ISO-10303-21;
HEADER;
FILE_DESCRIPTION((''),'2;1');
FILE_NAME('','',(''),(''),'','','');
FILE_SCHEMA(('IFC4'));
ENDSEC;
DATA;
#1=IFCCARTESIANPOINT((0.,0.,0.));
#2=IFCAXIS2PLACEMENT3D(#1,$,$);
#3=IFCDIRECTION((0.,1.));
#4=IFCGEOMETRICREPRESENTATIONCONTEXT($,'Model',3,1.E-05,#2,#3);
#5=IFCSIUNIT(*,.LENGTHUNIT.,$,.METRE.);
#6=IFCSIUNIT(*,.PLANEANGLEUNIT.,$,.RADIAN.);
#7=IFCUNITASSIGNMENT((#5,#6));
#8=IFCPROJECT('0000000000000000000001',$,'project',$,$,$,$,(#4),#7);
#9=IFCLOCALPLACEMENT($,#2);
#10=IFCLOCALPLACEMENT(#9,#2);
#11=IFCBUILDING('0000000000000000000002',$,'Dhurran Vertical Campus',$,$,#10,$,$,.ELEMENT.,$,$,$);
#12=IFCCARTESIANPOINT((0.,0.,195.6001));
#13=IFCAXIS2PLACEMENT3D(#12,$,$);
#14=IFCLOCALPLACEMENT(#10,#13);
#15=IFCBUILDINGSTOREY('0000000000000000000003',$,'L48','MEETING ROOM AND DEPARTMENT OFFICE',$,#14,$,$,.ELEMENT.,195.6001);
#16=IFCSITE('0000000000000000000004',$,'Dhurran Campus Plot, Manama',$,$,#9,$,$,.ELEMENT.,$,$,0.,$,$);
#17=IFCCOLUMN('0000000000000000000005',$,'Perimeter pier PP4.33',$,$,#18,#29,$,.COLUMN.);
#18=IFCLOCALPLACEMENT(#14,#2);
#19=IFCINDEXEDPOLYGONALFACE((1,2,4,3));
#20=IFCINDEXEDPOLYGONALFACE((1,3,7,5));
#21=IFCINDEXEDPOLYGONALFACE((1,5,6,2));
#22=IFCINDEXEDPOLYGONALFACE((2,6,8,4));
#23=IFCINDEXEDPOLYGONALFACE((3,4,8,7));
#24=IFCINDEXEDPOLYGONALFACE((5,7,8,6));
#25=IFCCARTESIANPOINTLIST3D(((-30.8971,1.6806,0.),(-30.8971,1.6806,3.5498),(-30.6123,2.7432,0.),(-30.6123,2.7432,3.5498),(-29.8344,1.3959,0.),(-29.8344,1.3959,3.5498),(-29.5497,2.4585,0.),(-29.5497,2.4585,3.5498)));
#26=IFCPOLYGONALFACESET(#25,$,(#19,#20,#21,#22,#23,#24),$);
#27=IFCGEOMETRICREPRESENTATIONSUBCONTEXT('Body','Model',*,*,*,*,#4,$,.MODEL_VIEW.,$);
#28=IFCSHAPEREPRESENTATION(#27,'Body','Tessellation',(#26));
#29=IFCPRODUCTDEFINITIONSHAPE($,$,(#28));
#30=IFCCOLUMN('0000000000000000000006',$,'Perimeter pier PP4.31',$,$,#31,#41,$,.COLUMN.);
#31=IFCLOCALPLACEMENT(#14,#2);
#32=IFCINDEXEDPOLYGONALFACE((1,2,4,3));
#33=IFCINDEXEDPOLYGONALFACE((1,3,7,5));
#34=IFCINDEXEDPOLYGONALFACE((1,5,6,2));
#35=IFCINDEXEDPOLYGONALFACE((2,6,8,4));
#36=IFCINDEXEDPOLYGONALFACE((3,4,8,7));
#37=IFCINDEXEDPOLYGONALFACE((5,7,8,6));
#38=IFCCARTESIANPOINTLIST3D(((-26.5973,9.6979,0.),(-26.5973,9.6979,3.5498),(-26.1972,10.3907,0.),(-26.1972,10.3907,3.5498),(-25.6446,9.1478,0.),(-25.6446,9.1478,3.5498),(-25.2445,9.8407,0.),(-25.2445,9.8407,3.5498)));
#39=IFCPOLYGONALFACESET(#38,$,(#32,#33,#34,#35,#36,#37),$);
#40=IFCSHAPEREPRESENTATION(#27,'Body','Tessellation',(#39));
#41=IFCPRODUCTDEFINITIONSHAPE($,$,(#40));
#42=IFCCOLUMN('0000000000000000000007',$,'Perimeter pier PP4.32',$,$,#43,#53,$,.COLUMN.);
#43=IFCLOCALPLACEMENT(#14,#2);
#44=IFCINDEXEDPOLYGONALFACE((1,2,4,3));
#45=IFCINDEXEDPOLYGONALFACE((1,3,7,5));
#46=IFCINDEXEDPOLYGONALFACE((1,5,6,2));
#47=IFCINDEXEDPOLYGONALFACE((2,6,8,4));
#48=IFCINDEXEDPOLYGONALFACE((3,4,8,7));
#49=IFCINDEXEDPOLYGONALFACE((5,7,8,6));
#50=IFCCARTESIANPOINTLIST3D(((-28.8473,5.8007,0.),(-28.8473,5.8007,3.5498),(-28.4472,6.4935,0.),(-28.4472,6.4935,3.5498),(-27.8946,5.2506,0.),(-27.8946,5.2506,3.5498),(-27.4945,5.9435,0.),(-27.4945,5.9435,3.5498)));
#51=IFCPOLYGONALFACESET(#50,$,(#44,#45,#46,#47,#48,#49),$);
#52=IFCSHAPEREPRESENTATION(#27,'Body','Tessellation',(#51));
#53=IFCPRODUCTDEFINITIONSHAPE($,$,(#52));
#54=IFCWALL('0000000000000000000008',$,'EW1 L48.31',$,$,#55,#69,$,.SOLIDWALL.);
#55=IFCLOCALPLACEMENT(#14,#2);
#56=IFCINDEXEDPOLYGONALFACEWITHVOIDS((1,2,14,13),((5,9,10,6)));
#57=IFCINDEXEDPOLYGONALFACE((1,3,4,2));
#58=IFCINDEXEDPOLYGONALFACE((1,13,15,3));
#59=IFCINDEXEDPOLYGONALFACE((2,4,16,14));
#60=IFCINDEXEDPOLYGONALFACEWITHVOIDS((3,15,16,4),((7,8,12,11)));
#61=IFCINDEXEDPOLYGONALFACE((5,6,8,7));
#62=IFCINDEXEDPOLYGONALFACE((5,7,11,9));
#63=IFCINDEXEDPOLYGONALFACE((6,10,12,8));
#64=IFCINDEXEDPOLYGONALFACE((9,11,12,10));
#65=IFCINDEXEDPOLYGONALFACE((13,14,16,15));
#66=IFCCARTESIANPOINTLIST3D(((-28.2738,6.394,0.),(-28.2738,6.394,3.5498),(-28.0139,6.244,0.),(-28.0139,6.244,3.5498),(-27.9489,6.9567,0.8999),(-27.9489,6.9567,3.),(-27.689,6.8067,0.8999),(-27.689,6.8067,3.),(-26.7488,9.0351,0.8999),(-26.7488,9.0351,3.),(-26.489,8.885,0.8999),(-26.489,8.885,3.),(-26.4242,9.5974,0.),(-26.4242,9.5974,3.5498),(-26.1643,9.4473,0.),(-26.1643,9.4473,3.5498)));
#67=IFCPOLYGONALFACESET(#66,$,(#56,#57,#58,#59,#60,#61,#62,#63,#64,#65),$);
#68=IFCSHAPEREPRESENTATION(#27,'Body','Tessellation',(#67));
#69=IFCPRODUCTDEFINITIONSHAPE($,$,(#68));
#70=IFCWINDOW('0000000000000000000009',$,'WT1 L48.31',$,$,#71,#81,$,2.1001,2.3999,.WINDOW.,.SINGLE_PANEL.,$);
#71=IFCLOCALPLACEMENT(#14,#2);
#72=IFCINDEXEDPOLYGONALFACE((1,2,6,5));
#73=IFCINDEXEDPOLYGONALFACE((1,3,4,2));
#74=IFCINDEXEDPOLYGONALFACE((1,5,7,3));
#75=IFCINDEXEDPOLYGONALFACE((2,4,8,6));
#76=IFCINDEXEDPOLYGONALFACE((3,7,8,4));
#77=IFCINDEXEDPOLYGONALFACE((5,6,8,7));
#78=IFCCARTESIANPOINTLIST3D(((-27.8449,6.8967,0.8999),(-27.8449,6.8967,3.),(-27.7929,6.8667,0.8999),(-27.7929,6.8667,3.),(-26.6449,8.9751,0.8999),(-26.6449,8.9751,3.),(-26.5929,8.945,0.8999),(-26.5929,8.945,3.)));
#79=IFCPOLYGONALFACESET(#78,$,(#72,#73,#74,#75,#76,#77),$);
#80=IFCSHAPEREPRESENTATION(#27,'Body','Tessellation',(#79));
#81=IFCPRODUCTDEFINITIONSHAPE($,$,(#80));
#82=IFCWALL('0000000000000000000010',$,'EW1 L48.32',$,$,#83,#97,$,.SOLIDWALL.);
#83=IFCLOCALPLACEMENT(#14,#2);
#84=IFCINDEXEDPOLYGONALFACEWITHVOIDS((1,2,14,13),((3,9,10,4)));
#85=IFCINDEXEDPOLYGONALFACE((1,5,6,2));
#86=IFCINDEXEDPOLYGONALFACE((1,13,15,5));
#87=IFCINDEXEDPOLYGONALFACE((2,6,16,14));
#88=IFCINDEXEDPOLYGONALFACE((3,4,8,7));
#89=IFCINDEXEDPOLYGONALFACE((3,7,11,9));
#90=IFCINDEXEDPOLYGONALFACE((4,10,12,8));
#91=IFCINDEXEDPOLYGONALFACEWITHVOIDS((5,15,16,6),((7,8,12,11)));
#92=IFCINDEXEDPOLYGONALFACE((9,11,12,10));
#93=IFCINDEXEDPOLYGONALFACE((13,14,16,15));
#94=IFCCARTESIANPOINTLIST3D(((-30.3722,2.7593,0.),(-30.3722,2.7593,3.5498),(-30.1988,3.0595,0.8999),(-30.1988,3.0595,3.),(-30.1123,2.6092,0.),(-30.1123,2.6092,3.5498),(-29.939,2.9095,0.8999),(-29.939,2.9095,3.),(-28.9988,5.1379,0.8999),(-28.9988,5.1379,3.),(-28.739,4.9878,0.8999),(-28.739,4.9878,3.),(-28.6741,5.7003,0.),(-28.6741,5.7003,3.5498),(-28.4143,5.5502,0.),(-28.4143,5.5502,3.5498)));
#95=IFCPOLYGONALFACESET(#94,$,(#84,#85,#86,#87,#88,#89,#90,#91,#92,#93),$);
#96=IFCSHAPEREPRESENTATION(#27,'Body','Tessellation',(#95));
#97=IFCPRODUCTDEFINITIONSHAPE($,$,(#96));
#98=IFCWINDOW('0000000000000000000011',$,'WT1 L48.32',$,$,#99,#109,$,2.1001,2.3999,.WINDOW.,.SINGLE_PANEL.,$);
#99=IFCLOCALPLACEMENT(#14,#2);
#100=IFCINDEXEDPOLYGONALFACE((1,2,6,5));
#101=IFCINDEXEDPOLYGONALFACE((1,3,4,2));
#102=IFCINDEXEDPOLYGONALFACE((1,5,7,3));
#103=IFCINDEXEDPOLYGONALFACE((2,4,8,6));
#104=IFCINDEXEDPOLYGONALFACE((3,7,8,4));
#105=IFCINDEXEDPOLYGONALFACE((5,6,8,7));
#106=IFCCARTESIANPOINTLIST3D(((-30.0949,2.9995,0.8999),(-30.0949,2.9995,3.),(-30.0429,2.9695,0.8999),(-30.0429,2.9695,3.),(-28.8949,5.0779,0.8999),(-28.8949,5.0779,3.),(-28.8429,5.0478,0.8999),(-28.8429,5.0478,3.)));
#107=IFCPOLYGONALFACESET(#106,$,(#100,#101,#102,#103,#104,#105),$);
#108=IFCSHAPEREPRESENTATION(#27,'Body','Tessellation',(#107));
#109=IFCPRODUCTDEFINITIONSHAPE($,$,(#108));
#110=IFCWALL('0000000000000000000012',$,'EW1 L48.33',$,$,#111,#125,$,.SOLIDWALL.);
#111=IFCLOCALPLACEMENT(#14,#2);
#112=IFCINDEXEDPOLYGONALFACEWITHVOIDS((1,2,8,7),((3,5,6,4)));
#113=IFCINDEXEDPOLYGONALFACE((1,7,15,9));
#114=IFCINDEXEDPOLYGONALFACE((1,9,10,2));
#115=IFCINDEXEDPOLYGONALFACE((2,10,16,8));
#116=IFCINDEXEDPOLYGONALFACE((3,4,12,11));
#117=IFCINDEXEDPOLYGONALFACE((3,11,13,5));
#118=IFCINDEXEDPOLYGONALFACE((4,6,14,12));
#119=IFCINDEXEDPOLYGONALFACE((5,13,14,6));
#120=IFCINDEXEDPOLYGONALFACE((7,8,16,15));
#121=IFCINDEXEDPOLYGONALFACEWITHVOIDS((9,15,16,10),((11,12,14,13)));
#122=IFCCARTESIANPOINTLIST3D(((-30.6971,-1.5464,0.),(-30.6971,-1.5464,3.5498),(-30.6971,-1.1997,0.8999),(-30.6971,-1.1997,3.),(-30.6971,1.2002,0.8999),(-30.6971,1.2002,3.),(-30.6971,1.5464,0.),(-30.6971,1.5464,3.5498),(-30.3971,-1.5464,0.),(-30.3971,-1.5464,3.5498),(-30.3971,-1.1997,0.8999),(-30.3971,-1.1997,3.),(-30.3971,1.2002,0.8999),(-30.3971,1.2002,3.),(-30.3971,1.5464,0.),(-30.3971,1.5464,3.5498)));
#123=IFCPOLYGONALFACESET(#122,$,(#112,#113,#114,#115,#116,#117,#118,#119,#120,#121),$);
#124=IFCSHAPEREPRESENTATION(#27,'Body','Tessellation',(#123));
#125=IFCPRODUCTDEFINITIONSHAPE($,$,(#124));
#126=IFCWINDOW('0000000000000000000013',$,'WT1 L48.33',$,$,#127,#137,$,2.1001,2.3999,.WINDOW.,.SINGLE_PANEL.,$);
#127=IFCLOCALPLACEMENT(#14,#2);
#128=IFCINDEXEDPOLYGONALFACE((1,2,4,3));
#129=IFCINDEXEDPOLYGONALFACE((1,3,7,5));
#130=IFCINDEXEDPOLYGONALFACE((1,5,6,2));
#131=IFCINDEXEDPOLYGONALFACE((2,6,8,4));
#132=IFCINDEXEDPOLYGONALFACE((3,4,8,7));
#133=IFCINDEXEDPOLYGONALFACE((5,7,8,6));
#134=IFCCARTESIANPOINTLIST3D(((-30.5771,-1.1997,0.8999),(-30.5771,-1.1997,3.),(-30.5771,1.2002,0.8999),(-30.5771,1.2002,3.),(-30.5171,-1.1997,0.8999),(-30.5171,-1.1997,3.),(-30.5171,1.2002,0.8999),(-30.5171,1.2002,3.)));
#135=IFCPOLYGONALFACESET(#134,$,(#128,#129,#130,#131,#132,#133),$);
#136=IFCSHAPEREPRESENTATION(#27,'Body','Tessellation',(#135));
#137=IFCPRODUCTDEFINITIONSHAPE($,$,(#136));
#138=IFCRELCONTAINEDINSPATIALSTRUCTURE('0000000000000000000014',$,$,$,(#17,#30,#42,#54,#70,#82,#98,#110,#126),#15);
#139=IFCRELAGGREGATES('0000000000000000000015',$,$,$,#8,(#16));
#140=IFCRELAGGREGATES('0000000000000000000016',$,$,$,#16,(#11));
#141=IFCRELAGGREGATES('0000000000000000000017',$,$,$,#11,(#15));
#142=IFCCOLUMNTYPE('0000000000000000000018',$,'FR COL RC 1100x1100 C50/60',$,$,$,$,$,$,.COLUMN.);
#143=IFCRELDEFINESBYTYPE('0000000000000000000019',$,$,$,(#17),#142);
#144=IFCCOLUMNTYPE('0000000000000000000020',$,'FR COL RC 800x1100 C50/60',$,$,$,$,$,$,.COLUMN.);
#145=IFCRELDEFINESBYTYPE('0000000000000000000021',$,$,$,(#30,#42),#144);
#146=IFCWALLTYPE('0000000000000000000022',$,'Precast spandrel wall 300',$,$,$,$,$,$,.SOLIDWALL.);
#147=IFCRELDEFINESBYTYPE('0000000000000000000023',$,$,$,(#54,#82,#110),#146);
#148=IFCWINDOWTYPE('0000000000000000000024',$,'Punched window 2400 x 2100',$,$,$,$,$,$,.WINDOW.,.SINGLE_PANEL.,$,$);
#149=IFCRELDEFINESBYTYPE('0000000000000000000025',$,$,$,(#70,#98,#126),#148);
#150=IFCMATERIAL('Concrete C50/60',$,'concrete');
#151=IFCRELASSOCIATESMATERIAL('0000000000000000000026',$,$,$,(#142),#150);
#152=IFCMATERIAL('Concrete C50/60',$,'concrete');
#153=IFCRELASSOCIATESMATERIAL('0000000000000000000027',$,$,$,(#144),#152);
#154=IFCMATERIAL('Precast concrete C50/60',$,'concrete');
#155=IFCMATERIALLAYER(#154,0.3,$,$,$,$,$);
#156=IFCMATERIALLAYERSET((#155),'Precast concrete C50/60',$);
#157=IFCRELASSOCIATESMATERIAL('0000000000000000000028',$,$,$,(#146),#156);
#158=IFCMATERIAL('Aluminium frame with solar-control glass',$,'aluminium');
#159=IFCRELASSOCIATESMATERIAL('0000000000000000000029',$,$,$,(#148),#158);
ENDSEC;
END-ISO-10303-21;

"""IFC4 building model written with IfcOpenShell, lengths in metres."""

from ifc_helpers import new_model, si_unit, direction, frame, frame_2d, origin, origin_2d, place, context, subcontext, project, spatial, rectangle, extrude, material, layer, layer_set, material_profile, profile_set, type_object, element, fill, save


model = new_model("IFC4")

# Units and contexts
model_context = context("Model", 3, precision=1e-05, world=origin(), true_north=direction((0.0, 1.0)))
body_context = subcontext(model_context, "Body", "Model", "MODEL_VIEW")
ifc_project = project(units=[si_unit("LENGTHUNIT", "METRE"), si_unit("PLANEANGLEUNIT", "RADIAN")], contexts=[model_context])

# Site, building, storey
site_placement = place(None, origin())
site = spatial("IfcSite", under=ifc_project, at=site_placement, Name="Dhurran Campus Plot, Manama", CompositionType="ELEMENT", RefElevation=0.0)
building_placement = place(site_placement, origin())
building = spatial("IfcBuilding", under=site, at=building_placement, Name="Dhurran Vertical Campus", CompositionType="ELEMENT")
storey_placement = place(building_placement, frame((0.0, 0.0, 195.6001)))
storey = spatial("IfcBuildingStorey", under=building, at=storey_placement, Name="L48", Description="MEETING ROOM AND DEPARTMENT OFFICE", CompositionType="ELEMENT", Elevation=195.6001)

# Columns
ifc_material_1 = material(Name="Concrete C50/60", Category="concrete")
ifc_material_profile_1 = material_profile(ifc_material_1, rectangle(XDim=1.1001, YDim=1.1001, at=origin_2d()), Name="RC 1100x1100")
ifc_profile_set_1 = profile_set([ifc_material_profile_1], Name="Concrete C50/60")
column_type_1 = type_object("IfcColumnType", Name="FR COL RC 1100x1100 C50/60", PredefinedType="COLUMN", material=ifc_profile_set_1)
column_placement = place(storey_placement, frame((-30.2234, 2.0696, 0.0), z_axis=(0.0, 0.0, 1.0), x_axis=(-0.258819, -0.965926, 0.0)))
element("IfcColumn", 1, at=column_placement, inside=storey, type_object=column_type_1, Name="Perimeter pier PP4.33", PredefinedType="COLUMN", context=body_context, shape_type="SweptSolid", body=[
    extrude(rectangle(XDim=1.1001, YDim=1.1001, at=origin_2d()), origin(), (0.0, 0.0, 1.0), 3.5498),
])
ifc_material_2 = material(Name="Concrete C50/60", Category="concrete")
ifc_material_profile_2 = material_profile(ifc_material_2, rectangle(XDim=0.8, YDim=1.1001, at=origin_2d()), Name="RC 800x1100")
ifc_profile_set_2 = profile_set([ifc_material_profile_2], Name="Concrete C50/60")
column_type_2 = type_object("IfcColumnType", Name="FR COL RC 800x1100 C50/60", PredefinedType="COLUMN", material=ifc_profile_set_2)
for number, where, z_axis, x_axis, name in (
    (2, (-25.9209, 9.7693, 0.0), (0.0, 0.0, 1.0), (-0.5, -0.866025, 0.0), "Perimeter pier PP4.31"),
    (3, (-28.1709, 5.8721, 0.0), (0.0, 0.0, 1.0), (-0.5, -0.866025, 0.0), "Perimeter pier PP4.32"),
):
    element("IfcColumn", number, at=place(storey_placement, frame(where, z_axis=z_axis, x_axis=x_axis)), inside=storey, type_object=column_type_2, Name=name, PredefinedType="COLUMN", context=body_context, shape_type="SweptSolid", body=[
        extrude(rectangle(XDim=0.8, YDim=1.1001, at=origin_2d()), origin(), (0.0, 0.0, 1.0), 3.5498),
    ])

# Walls, openings, windows
ifc_material_3 = material(Name="Precast concrete C50/60", Category="concrete")
ifc_layer_1 = layer(ifc_material_3, 0.3)
ifc_layer_set_1 = layer_set([ifc_layer_1], Name="Precast concrete C50/60")
wall_type_1 = type_object("IfcWallType", Name="Precast spandrel wall 300", PredefinedType="SOLIDWALL", material=ifc_layer_set_1)
wall_1_placement = place(storey_placement, frame((-26.2942, 9.5225, 0.0), z_axis=(0.0, 0.0, 1.0), x_axis=(-0.500029, -0.866009, 0.0)))
wall_1 = element("IfcWall", 4, at=wall_1_placement, inside=storey, type_object=wall_type_1, Name="EW1 L48.31", PredefinedType="SOLIDWALL", context=body_context, shape_type="SweptSolid", body=[
    extrude(rectangle(XDim=3.699, YDim=0.3, at=frame_2d((1.8496, 0.0))), origin(), (0.0, 0.0, 1.0), 3.5498),
])
opening_1_placement = place(wall_1_placement, frame((0.6494, 0.0, 0.8999)))
opening_1 = element("IfcOpeningElement", 5, at=opening_1_placement, cuts=wall_1, PredefinedType="OPENING", context=body_context, shape_type="SweptSolid", body=[
    extrude(rectangle(XDim=2.3999, YDim=2.1001, at=frame_2d((1.2, 1.05))), frame((0.0, 0.1599, 0.0), z_axis=(0.0, -1.0, 0.0), x_axis=(1.0, 0.0, 0.0)), (0.0, 0.0, 1.0), 0.3201),
])
ifc_material_4 = material(Name="Aluminium frame with solar-control glass", Category="aluminium")
window_type = type_object("IfcWindowType", Name="Punched window 2400 x 2100", PartitioningType="SINGLE_PANEL", PredefinedType="WINDOW", material=ifc_material_4)
window_1_placement = place(opening_1_placement, origin())
window_1 = element("IfcWindow", 6, at=window_1_placement, inside=storey, type_object=window_type, Name="WT1 L48.31", OverallHeight=2.1001, OverallWidth=2.3999, PartitioningType="SINGLE_PANEL", PredefinedType="WINDOW", context=body_context, shape_type="SweptSolid", body=[
    extrude(rectangle(XDim=2.3999, YDim=2.1001, at=frame_2d((1.2, 1.05))), frame((0.0, 0.03, 0.0), z_axis=(0.0, -1.0, 0.0), x_axis=(1.0, 0.0, 0.0)), (0.0, 0.0, 1.0), 0.0601),
])
fill(opening_1, window_1)
wall_2_placement = place(storey_placement, frame((-28.5442, 5.6252, 0.0), z_axis=(0.0, 0.0, 1.0), x_axis=(-0.500013, -0.866018, 0.0)))
wall_2 = element("IfcWall", 7, at=wall_2_placement, inside=storey, type_object=wall_type_1, Name="EW1 L48.32", PredefinedType="SOLIDWALL", context=body_context, shape_type="SweptSolid", body=[
    extrude(rectangle(XDim=3.396, YDim=0.3, at=frame_2d((1.698, 0.0))), origin(), (0.0, 0.0, 1.0), 3.5498),
])
opening_2_placement = place(wall_2_placement, frame((0.6494, 0.0, 0.8999)))
opening_2 = element("IfcOpeningElement", 8, at=opening_2_placement, cuts=wall_2, PredefinedType="OPENING", context=body_context, shape_type="SweptSolid", body=[
    extrude(rectangle(XDim=2.3999, YDim=2.1001, at=frame_2d((1.2, 1.05))), frame((0.0, 0.1599, 0.0), z_axis=(0.0, -1.0, 0.0), x_axis=(1.0, 0.0, 0.0)), (0.0, 0.0, 1.0), 0.3201),
])
window_2_placement = place(opening_2_placement, origin())
window_2 = element("IfcWindow", 9, at=window_2_placement, inside=storey, type_object=window_type, Name="WT1 L48.32", OverallHeight=2.1001, OverallWidth=2.3999, PartitioningType="SINGLE_PANEL", PredefinedType="WINDOW", context=body_context, shape_type="SweptSolid", body=[
    extrude(rectangle(XDim=2.3999, YDim=2.1001, at=frame_2d((1.2, 1.05))), frame((0.0, 0.03, 0.0), z_axis=(0.0, -1.0, 0.0), x_axis=(1.0, 0.0, 0.0)), (0.0, 0.0, 1.0), 0.0601),
])
fill(opening_2, window_2)
wall_3_placement = place(storey_placement, frame((-30.5471, 1.5464, 0.0), z_axis=(0.0, 0.0, 1.0), x_axis=(0.0, -1.0, 0.0)))
wall_3 = element("IfcWall", 10, at=wall_3_placement, inside=storey, type_object=wall_type_1, Name="EW1 L48.33", PredefinedType="SOLIDWALL", context=body_context, shape_type="SweptSolid", body=[
    extrude(rectangle(XDim=3.0928, YDim=0.3, at=frame_2d((1.5464, 0.0))), origin(), (0.0, 0.0, 1.0), 3.5498),
])
opening_3_placement = place(wall_3_placement, frame((0.3462, 0.0, 0.8999)))
opening_3 = element("IfcOpeningElement", 11, at=opening_3_placement, cuts=wall_3, PredefinedType="OPENING", context=body_context, shape_type="SweptSolid", body=[
    extrude(rectangle(XDim=2.3999, YDim=2.1001, at=frame_2d((1.2, 1.05))), frame((0.0, 0.1599, 0.0), z_axis=(0.0, -1.0, 0.0), x_axis=(1.0, 0.0, 0.0)), (0.0, 0.0, 1.0), 0.3201),
])
window_3_placement = place(opening_3_placement, origin())
window_3 = element("IfcWindow", 12, at=window_3_placement, inside=storey, type_object=window_type, Name="WT1 L48.33", OverallHeight=2.1001, OverallWidth=2.3999, PartitioningType="SINGLE_PANEL", PredefinedType="WINDOW", context=body_context, shape_type="SweptSolid", body=[
    extrude(rectangle(XDim=2.3999, YDim=2.1001, at=frame_2d((1.2, 1.05))), frame((0.0, 0.03, 0.0), z_axis=(0.0, -1.0, 0.0), x_axis=(1.0, 0.0, 0.0)), (0.0, 0.0, 1.0), 0.0601),
])
fill(opening_3, window_3)

save(model, "model.ifc")
